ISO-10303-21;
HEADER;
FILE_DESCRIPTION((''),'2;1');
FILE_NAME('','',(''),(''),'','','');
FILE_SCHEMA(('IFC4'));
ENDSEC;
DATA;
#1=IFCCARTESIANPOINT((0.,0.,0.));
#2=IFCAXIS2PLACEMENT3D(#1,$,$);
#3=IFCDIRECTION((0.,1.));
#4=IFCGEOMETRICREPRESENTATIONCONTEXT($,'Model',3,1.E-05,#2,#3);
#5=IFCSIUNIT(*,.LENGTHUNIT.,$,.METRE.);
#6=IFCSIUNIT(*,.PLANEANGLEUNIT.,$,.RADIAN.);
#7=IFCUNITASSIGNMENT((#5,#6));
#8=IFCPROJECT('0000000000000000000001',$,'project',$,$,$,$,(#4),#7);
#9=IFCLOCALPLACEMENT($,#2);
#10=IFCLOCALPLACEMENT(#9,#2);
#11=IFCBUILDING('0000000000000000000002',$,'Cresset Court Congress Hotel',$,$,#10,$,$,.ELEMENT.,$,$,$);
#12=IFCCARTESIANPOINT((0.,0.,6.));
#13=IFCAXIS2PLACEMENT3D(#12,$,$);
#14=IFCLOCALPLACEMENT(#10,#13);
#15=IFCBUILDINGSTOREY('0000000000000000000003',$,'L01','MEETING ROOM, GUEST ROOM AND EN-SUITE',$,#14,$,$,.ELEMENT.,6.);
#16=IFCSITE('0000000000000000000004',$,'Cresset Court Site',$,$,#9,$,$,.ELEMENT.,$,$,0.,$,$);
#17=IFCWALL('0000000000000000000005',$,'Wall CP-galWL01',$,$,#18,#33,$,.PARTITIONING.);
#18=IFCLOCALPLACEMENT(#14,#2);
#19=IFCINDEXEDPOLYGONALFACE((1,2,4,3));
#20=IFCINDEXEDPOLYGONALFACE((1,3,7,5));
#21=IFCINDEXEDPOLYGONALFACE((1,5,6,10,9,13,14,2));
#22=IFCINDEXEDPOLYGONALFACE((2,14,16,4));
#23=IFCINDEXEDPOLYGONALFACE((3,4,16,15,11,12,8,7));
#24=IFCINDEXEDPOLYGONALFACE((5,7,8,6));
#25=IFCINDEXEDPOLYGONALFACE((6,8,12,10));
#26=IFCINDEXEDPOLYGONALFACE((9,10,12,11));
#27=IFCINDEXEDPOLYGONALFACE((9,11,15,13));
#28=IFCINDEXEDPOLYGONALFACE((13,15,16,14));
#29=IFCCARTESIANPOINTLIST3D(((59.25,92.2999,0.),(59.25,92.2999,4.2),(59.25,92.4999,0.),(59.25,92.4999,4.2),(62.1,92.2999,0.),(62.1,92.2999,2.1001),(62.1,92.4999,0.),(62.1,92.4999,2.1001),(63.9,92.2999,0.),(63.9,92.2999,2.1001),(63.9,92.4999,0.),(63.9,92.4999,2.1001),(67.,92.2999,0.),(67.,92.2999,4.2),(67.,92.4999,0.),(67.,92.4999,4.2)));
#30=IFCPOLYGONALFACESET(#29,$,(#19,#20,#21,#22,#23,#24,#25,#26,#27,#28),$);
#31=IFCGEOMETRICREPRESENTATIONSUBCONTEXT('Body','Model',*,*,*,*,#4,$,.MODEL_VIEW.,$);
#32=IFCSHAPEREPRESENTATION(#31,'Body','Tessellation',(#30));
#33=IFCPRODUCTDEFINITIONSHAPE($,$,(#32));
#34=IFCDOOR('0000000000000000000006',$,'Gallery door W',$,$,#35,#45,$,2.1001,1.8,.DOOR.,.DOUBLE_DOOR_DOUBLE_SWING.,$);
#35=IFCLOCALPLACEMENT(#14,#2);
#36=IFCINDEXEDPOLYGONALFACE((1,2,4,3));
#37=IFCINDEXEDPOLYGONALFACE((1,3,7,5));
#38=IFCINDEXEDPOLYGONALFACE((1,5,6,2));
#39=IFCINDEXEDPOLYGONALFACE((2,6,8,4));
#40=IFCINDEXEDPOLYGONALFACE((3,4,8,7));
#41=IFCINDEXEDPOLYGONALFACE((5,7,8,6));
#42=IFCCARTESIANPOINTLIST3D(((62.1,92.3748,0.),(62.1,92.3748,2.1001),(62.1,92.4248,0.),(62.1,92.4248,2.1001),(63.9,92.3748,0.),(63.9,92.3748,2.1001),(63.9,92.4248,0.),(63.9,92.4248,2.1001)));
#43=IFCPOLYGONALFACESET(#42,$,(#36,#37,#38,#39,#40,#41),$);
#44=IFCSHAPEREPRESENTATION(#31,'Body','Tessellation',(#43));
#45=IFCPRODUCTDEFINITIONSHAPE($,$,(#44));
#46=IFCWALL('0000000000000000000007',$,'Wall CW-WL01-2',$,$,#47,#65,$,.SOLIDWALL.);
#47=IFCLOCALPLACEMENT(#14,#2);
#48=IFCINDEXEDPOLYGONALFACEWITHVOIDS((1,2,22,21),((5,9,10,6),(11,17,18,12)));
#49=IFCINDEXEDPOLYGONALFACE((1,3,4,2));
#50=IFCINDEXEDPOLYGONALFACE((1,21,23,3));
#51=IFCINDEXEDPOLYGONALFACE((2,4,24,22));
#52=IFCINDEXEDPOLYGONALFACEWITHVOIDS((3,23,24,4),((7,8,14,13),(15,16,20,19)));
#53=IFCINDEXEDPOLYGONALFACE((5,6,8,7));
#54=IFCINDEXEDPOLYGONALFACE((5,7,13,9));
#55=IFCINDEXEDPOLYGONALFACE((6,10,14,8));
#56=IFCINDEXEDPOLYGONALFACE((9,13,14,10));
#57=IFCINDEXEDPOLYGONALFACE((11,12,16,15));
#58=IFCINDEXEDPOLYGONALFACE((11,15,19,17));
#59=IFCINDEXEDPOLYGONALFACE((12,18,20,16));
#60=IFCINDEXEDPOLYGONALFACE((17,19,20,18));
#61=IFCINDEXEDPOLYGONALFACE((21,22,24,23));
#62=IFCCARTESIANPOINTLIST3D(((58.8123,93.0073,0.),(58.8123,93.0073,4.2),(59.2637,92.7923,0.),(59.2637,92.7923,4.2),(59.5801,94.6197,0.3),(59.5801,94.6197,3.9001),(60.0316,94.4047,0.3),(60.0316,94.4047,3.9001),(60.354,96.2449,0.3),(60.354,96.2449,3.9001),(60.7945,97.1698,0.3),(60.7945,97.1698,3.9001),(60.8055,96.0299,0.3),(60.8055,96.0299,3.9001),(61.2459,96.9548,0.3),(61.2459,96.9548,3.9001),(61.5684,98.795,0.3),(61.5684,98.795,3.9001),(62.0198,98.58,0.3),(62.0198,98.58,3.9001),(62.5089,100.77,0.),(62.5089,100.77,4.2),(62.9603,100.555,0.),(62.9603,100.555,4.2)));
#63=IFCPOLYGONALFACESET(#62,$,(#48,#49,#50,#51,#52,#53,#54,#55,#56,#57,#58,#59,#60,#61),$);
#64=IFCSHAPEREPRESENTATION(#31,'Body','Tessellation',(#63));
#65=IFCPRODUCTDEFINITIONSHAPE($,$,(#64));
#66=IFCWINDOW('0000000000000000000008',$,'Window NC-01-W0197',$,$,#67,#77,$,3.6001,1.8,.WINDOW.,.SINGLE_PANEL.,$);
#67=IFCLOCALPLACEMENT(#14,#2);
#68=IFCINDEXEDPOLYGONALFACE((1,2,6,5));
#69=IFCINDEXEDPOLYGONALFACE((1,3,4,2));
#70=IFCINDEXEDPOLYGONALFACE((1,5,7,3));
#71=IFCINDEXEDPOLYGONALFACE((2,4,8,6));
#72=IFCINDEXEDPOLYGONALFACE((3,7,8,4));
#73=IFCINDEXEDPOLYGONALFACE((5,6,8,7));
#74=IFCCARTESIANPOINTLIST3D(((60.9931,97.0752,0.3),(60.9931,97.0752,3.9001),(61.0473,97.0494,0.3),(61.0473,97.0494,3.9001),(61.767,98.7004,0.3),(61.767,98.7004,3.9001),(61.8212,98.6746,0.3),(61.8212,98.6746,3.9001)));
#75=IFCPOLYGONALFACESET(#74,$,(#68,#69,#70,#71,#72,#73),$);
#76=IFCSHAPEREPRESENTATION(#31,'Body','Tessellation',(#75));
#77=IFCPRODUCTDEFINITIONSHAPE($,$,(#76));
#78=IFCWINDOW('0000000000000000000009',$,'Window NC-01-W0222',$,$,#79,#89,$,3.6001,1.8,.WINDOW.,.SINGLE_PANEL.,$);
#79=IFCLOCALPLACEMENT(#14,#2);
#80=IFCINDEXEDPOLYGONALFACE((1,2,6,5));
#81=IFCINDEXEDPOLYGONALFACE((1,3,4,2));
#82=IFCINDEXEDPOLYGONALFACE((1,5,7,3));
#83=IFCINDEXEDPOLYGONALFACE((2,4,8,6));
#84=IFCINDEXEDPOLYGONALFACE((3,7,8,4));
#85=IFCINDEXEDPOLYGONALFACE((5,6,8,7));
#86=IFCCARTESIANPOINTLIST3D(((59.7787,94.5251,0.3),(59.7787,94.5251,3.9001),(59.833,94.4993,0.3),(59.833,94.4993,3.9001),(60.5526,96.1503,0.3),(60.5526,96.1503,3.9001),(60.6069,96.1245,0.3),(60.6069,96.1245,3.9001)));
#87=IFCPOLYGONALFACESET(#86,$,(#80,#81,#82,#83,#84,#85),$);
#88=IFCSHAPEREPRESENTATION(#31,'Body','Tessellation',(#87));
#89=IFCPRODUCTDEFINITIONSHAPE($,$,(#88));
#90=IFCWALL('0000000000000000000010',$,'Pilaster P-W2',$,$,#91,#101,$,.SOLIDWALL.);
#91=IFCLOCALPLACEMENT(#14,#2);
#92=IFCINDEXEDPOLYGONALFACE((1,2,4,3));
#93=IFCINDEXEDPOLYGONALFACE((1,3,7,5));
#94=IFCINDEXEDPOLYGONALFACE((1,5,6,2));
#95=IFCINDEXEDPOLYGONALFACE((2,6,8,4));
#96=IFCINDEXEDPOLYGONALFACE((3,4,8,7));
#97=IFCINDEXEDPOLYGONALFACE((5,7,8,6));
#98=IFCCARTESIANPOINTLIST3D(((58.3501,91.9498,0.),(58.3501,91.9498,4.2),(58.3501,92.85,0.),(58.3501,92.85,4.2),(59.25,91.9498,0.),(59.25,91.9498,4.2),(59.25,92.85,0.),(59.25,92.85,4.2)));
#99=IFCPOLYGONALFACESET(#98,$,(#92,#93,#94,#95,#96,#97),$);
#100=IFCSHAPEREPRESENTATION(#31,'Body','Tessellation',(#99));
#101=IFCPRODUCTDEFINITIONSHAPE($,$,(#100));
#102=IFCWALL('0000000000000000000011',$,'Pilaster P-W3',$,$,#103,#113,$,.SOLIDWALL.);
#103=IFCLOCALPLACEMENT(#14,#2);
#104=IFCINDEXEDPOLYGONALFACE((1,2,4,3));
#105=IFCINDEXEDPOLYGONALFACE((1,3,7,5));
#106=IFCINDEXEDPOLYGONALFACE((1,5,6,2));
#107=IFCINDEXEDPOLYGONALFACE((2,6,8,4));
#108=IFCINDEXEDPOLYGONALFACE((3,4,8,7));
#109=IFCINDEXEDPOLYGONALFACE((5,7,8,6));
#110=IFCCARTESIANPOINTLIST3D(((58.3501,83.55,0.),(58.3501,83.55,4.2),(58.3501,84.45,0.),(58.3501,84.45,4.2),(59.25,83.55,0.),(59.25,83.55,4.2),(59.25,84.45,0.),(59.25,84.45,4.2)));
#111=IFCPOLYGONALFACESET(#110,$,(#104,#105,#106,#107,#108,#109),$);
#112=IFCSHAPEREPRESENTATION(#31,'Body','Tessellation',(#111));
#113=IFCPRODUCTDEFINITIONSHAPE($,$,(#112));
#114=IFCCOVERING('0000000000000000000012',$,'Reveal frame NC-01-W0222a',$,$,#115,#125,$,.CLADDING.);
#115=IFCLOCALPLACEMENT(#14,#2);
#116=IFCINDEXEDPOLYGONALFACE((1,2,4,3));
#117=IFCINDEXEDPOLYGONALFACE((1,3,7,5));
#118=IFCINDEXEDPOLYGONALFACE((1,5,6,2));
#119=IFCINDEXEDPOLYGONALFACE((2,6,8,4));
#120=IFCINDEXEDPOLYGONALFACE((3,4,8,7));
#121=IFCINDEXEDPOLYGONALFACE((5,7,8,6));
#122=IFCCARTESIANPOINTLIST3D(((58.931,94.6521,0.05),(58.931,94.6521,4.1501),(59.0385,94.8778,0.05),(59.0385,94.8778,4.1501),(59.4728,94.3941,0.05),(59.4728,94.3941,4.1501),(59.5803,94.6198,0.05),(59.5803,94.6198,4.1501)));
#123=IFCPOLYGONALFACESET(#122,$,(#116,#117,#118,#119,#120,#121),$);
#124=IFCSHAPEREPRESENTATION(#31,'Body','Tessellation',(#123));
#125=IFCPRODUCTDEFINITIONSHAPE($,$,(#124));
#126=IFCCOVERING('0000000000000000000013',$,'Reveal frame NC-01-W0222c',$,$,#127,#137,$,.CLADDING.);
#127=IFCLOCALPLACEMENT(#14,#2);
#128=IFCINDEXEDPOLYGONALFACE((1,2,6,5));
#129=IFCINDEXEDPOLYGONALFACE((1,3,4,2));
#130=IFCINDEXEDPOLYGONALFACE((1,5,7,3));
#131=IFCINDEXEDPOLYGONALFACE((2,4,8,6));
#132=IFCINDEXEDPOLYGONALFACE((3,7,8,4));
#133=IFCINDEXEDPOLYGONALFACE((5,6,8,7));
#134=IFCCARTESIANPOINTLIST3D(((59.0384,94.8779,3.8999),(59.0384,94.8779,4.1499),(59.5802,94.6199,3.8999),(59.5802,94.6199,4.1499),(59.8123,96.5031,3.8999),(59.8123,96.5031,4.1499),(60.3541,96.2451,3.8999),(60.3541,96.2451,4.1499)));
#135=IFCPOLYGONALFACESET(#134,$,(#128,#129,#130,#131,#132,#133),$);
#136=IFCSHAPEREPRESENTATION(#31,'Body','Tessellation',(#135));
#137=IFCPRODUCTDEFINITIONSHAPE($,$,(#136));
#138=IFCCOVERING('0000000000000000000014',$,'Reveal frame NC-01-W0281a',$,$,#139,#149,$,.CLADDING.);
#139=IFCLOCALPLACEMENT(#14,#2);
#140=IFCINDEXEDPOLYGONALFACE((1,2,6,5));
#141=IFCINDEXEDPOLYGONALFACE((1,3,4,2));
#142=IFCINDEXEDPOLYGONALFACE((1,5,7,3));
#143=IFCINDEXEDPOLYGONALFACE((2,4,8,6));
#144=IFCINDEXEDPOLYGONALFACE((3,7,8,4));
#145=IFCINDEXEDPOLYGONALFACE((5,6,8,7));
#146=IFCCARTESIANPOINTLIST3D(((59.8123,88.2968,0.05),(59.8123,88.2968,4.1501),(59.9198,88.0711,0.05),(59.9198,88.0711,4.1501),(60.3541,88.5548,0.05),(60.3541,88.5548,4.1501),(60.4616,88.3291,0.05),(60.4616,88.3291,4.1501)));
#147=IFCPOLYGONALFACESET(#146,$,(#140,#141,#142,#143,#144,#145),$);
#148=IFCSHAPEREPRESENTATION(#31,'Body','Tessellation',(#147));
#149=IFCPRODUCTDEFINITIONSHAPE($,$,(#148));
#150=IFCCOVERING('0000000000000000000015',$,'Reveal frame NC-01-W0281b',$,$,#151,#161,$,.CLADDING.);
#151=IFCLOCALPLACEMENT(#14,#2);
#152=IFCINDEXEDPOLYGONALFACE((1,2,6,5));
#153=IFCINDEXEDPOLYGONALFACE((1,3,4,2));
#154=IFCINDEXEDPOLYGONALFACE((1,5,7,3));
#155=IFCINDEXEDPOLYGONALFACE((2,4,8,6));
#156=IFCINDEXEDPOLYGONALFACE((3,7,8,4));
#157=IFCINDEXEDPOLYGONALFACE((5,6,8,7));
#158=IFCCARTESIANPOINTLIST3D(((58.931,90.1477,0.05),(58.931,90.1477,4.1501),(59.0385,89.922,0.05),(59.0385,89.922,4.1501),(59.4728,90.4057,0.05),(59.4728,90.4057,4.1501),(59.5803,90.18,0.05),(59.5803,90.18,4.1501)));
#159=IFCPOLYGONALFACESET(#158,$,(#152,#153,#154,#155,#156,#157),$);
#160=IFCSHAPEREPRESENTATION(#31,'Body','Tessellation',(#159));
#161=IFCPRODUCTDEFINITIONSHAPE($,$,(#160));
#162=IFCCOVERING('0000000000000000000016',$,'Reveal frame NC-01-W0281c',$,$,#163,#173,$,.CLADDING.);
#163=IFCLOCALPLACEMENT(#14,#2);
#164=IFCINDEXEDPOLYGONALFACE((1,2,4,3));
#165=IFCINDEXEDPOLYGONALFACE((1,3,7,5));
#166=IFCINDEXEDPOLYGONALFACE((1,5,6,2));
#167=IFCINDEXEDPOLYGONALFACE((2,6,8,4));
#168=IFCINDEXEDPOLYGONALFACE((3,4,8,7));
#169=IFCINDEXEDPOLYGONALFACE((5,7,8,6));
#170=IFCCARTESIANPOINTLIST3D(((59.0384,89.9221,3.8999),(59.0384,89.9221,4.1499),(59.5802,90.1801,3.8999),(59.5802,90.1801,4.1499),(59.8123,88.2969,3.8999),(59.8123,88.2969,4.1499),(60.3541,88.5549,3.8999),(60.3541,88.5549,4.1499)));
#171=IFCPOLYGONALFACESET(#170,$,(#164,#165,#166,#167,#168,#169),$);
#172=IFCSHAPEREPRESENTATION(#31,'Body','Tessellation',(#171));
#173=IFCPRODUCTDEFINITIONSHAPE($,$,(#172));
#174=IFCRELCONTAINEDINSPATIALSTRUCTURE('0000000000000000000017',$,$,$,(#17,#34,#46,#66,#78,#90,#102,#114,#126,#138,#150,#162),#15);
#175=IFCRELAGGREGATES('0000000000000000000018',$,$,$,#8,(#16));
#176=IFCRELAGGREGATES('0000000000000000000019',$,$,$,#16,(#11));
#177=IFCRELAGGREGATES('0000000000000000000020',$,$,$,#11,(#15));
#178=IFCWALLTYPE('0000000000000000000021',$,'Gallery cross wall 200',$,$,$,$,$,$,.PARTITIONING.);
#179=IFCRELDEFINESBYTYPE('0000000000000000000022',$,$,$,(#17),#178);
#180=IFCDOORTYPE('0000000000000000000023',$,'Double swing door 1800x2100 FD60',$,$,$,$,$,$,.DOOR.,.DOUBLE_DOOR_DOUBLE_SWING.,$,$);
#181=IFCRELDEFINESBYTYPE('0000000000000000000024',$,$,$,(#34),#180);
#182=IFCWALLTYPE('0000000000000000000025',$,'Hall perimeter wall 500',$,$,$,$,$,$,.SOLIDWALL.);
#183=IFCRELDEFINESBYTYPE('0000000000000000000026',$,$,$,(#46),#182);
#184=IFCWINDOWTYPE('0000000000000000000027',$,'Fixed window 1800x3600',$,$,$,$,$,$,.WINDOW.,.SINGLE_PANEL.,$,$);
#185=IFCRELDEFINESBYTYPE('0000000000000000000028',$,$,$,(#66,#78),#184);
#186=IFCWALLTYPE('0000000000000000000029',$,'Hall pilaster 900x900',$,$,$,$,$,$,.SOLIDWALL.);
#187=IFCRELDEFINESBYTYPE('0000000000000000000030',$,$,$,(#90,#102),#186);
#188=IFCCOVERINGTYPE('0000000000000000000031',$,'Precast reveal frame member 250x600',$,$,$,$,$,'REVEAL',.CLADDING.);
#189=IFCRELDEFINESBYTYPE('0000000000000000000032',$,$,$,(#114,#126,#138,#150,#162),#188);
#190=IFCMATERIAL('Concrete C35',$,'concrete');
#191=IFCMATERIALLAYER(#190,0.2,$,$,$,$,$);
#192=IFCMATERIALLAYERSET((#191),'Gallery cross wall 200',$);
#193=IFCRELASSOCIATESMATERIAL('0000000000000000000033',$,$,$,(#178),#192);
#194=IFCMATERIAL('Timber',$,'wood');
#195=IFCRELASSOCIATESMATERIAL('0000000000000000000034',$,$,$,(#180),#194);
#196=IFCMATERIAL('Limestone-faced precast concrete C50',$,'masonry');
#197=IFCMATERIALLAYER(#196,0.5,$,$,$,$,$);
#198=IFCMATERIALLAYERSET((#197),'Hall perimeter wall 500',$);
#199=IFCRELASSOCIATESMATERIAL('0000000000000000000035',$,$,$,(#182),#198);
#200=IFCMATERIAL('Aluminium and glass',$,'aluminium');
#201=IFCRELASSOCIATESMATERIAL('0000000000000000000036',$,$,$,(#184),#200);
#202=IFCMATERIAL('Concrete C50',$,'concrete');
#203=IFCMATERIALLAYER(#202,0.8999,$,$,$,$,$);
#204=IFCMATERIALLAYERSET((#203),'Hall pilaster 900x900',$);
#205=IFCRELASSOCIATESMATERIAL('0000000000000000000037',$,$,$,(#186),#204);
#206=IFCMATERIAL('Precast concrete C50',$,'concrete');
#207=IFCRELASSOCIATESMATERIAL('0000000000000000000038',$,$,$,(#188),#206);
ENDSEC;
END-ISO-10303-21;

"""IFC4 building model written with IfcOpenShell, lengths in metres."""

from ifc_helpers import new_model, si_unit, direction, frame, frame_2d, origin, origin_2d, place, context, subcontext, project, spatial, rectangle, extrude, material, layer, layer_set, type_object, element, fill, save


model = new_model("IFC4")

# Units and contexts
model_context = context("Model", 3, precision=1e-05, world=origin(), true_north=direction((0.0, 1.0)))
body_context = subcontext(model_context, "Body", "Model", "MODEL_VIEW")
ifc_project = project(units=[si_unit("LENGTHUNIT", "METRE"), si_unit("PLANEANGLEUNIT", "RADIAN")], contexts=[model_context])

# Site, building, storey
site_placement = place(None, origin())
site = spatial("IfcSite", under=ifc_project, at=site_placement, Name="Cresset Court Site", CompositionType="ELEMENT", RefElevation=0.0)
building_placement = place(site_placement, origin())
building = spatial("IfcBuilding", under=site, at=building_placement, Name="Cresset Court Congress Hotel", CompositionType="ELEMENT")
storey_placement = place(building_placement, frame((0.0, 0.0, 6.0)))
storey = spatial("IfcBuildingStorey", under=building, at=storey_placement, Name="L01", Description="MEETING ROOM, GUEST ROOM AND EN-SUITE", CompositionType="ELEMENT", Elevation=6.0)

# Wall, opening, door
ifc_material_1 = material(Name="Concrete C35", Category="concrete")
ifc_layer_1 = layer(ifc_material_1, 0.2)
ifc_layer_set_1 = layer_set([ifc_layer_1], Name="Gallery cross wall 200")
wall_type_1 = type_object("IfcWallType", Name="Gallery cross wall 200", PredefinedType="PARTITIONING", material=ifc_layer_set_1)
wall_1_placement = place(storey_placement, frame((59.25, 92.3999, 0.0), z_axis=(0.0, 0.0, 1.0), x_axis=(1.0, 0.0, 0.0)))
wall_1 = element("IfcWall", 1, at=wall_1_placement, inside=storey, type_object=wall_type_1, Name="Wall CP-galWL01", PredefinedType="PARTITIONING", context=body_context, shape_type="SweptSolid", body=[
    extrude(rectangle(XDim=7.75, YDim=0.2, at=frame_2d((3.875, 0.0))), origin(), (0.0, 0.0, 1.0), 4.2),
])
opening_1_placement = place(wall_1_placement, frame((2.8501, 0.0, 0.0)))
opening_1 = element("IfcOpeningElement", 2, at=opening_1_placement, cuts=wall_1, PredefinedType="OPENING", context=body_context, shape_type="SweptSolid", body=[
    extrude(rectangle(XDim=1.8, YDim=2.1001, at=frame_2d((0.8999, 1.05))), frame((0.0, 0.1099, 0.0), z_axis=(0.0, -1.0, 0.0), x_axis=(1.0, 0.0, 0.0)), (0.0, 0.0, 1.0), 0.22),
])
ifc_material_2 = material(Name="Timber", Category="wood")
door_type = type_object("IfcDoorType", Name="Double swing door 1800x2100 FD60", OperationType="DOUBLE_DOOR_DOUBLE_SWING", PredefinedType="DOOR", material=ifc_material_2)
door_placement = place(opening_1_placement, origin())
door = element("IfcDoor", 3, at=door_placement, inside=storey, type_object=door_type, Name="Gallery door W", OperationType="DOUBLE_DOOR_DOUBLE_SWING", OverallHeight=2.1001, OverallWidth=1.8, PredefinedType="DOOR", context=body_context, shape_type="SweptSolid", body=[
    extrude(rectangle(XDim=1.8, YDim=2.1001, at=frame_2d((0.8999, 1.05))), frame((0.0, 0.0249, 0.0), z_axis=(0.0, -1.0, 0.0), x_axis=(1.0, 0.0, 0.0)), (0.0, 0.0, 1.0), 0.05),
])
fill(opening_1, door)

# Wall, openings, windows
ifc_material_3 = material(Name="Limestone-faced precast concrete C50", Category="masonry")
ifc_layer_2 = layer(ifc_material_3, 0.5)
ifc_layer_set_2 = layer_set([ifc_layer_2], Name="Hall perimeter wall 500")
wall_type_2 = type_object("IfcWallType", Name="Hall perimeter wall 500", PredefinedType="SOLIDWALL", material=ifc_layer_set_2)
wall_2_placement = place(storey_placement, frame((59.0381, 92.8999, 0.0), z_axis=(0.0, 0.0, 1.0), x_axis=(0.429935, 0.90286, 0.0)))
wall_2 = element("IfcWall", 4, at=wall_2_placement, inside=storey, type_object=wall_type_2, Name="Wall CW-WL01-2", PredefinedType="SOLIDWALL", context=body_context, shape_type="SweptSolid", body=[
    extrude(rectangle(XDim=8.5979, YDim=0.5, at=frame_2d((4.2988, 0.0))), origin(), (0.0, 0.0, 1.0), 4.2),
])
opening_2_placement = place(wall_2_placement, frame((4.6104, 0.0, 0.3)))
opening_2 = element("IfcOpeningElement", 5, at=opening_2_placement, cuts=wall_2, PredefinedType="OPENING", context=body_context, shape_type="SweptSolid", body=[
    extrude(rectangle(XDim=1.8, YDim=3.6001, at=frame_2d((0.8999, 1.8))), frame((0.0, 0.26, 0.0), z_axis=(0.0, -1.0, 0.0), x_axis=(1.0, 0.0, 0.0)), (0.0, 0.0, 1.0), 0.52),
])
opening_3_placement = place(wall_2_placement, frame((1.7859, 0.0, 0.3)))
opening_3 = element("IfcOpeningElement", 6, at=opening_3_placement, cuts=wall_2, PredefinedType="OPENING", context=body_context, shape_type="SweptSolid", body=[
    extrude(rectangle(XDim=1.8, YDim=3.6001, at=frame_2d((0.8999, 1.8))), frame((0.0, 0.26, 0.0), z_axis=(0.0, -1.0, 0.0), x_axis=(1.0, 0.0, 0.0)), (0.0, 0.0, 1.0), 0.52),
])
ifc_material_4 = material(Name="Aluminium and glass", Category="aluminium")
window_type = type_object("IfcWindowType", Name="Fixed window 1800x3600", PartitioningType="SINGLE_PANEL", PredefinedType="WINDOW", material=ifc_material_4)
window_1_placement = place(opening_2_placement, origin())
window_1 = element("IfcWindow", 7, at=window_1_placement, inside=storey, type_object=window_type, Name="Window NC-01-W0197", OverallHeight=3.6001, OverallWidth=1.8, PartitioningType="SINGLE_PANEL", PredefinedType="WINDOW", context=body_context, shape_type="SweptSolid", body=[
    extrude(rectangle(XDim=1.8, YDim=3.6001, at=frame_2d((0.8999, 1.8))), frame((0.0, 0.03, 0.0), z_axis=(0.0, -1.0, 0.0), x_axis=(1.0, 0.0, 0.0)), (0.0, 0.0, 1.0), 0.0601),
])
fill(opening_2, window_1)
window_2_placement = place(opening_3_placement, origin())
window_2 = element("IfcWindow", 8, at=window_2_placement, inside=storey, type_object=window_type, Name="Window NC-01-W0222", OverallHeight=3.6001, OverallWidth=1.8, PartitioningType="SINGLE_PANEL", PredefinedType="WINDOW", context=body_context, shape_type="SweptSolid", body=[
    extrude(rectangle(XDim=1.8, YDim=3.6001, at=frame_2d((0.8999, 1.8))), frame((0.0, 0.03, 0.0), z_axis=(0.0, -1.0, 0.0), x_axis=(1.0, 0.0, 0.0)), (0.0, 0.0, 1.0), 0.0601),
])
fill(opening_3, window_2)

# Walls
ifc_material_5 = material(Name="Concrete C50", Category="concrete")
ifc_layer_3 = layer(ifc_material_5, 0.8999)
ifc_layer_set_3 = layer_set([ifc_layer_3], Name="Hall pilaster 900x900")
wall_type_3 = type_object("IfcWallType", Name="Hall pilaster 900x900", PredefinedType="SOLIDWALL", material=ifc_layer_set_3)
wall_3_placement = place(storey_placement, frame((58.8, 92.8501, 0.0), z_axis=(0.0, 0.0, 1.0), x_axis=(0.0, -1.0, 0.0)))
element("IfcWall", 9, at=wall_3_placement, inside=storey, type_object=wall_type_3, Name="Pilaster P-W2", PredefinedType="SOLIDWALL", context=body_context, shape_type="SweptSolid", body=[
    extrude(rectangle(XDim=0.9001, YDim=0.8999, at=frame_2d((0.4502, 0.0))), origin(), (0.0, 0.0, 1.0), 4.2),
])
wall_4_placement = place(storey_placement, frame((58.8, 84.45, 0.0), z_axis=(0.0, 0.0, 1.0), x_axis=(0.0, -1.0, 0.0)))
element("IfcWall", 10, at=wall_4_placement, inside=storey, type_object=wall_type_3, Name="Pilaster P-W3", PredefinedType="SOLIDWALL", context=body_context, shape_type="SweptSolid", body=[
    extrude(rectangle(XDim=0.8999, YDim=0.8999, at=frame_2d((0.45, 0.0))), origin(), (0.0, 0.0, 1.0), 4.2),
])

# Coverings
ifc_material_6 = material(Name="Precast concrete C50", Category="concrete")
covering_type = type_object("IfcCoveringType", Name="Precast reveal frame member 250x600", ElementType="REVEAL", PredefinedType="CLADDING", material=ifc_material_6)
covering_1_placement = place(storey_placement, frame((59.2556, 94.636, 0.05), z_axis=(0.0, 0.0, 1.0), x_axis=(0.429933, 0.902861, 0.0)))
element("IfcCovering", 11, at=covering_1_placement, inside=storey, type_object=covering_type, Name="Reveal frame NC-01-W0222a", PredefinedType="CLADDING", context=body_context, shape_type="SweptSolid", body=[
    extrude(rectangle(XDim=0.25, YDim=0.6001, at=origin_2d()), origin(), (0.0, 0.0, 1.0), 4.1001),
])
covering_2_placement = place(storey_placement, frame((59.6963, 95.5615, 3.8999), z_axis=(0.0, 0.0, 1.0), x_axis=(0.429933, 0.902861, 0.0)))
element("IfcCovering", 12, at=covering_2_placement, inside=storey, type_object=covering_type, Name="Reveal frame NC-01-W0222c", PredefinedType="CLADDING", context=body_context, shape_type="SweptSolid", body=[
    extrude(rectangle(XDim=1.8, YDim=0.6001, at=origin_2d()), origin(), (0.0, 0.0, 1.0), 0.25),
])
for number, where, z_axis, x_axis, name in (
    (13, (60.137, 88.313, 0.05), (0.0, 0.0, 1.0), (-0.429933, 0.902861, 0.0), "Reveal frame NC-01-W0281a"),
    (14, (59.2556, 90.1638, 0.05), (0.0, 0.0, 1.0), (-0.429933, 0.902861, 0.0), "Reveal frame NC-01-W0281b"),
):
    element("IfcCovering", number, at=place(storey_placement, frame(where, z_axis=z_axis, x_axis=x_axis)), inside=storey, type_object=covering_type, Name=name, PredefinedType="CLADDING", context=body_context, shape_type="SweptSolid", body=[
        extrude(rectangle(XDim=0.25, YDim=0.6001, at=origin_2d()), origin(), (0.0, 0.0, 1.0), 4.1001),
    ])
for number, where, z_axis, x_axis, name in (
    (15, (59.6963, 89.2385, 3.8999), (0.0, 0.0, 1.0), (-0.429933, 0.902861, 0.0), "Reveal frame NC-01-W0281c"),
):
    element("IfcCovering", number, at=place(storey_placement, frame(where, z_axis=z_axis, x_axis=x_axis)), inside=storey, type_object=covering_type, Name=name, PredefinedType="CLADDING", context=body_context, shape_type="SweptSolid", body=[
        extrude(rectangle(XDim=1.8, YDim=0.6001, at=origin_2d()), origin(), (0.0, 0.0, 1.0), 0.25),
    ])

save(model, "model.ifc")
